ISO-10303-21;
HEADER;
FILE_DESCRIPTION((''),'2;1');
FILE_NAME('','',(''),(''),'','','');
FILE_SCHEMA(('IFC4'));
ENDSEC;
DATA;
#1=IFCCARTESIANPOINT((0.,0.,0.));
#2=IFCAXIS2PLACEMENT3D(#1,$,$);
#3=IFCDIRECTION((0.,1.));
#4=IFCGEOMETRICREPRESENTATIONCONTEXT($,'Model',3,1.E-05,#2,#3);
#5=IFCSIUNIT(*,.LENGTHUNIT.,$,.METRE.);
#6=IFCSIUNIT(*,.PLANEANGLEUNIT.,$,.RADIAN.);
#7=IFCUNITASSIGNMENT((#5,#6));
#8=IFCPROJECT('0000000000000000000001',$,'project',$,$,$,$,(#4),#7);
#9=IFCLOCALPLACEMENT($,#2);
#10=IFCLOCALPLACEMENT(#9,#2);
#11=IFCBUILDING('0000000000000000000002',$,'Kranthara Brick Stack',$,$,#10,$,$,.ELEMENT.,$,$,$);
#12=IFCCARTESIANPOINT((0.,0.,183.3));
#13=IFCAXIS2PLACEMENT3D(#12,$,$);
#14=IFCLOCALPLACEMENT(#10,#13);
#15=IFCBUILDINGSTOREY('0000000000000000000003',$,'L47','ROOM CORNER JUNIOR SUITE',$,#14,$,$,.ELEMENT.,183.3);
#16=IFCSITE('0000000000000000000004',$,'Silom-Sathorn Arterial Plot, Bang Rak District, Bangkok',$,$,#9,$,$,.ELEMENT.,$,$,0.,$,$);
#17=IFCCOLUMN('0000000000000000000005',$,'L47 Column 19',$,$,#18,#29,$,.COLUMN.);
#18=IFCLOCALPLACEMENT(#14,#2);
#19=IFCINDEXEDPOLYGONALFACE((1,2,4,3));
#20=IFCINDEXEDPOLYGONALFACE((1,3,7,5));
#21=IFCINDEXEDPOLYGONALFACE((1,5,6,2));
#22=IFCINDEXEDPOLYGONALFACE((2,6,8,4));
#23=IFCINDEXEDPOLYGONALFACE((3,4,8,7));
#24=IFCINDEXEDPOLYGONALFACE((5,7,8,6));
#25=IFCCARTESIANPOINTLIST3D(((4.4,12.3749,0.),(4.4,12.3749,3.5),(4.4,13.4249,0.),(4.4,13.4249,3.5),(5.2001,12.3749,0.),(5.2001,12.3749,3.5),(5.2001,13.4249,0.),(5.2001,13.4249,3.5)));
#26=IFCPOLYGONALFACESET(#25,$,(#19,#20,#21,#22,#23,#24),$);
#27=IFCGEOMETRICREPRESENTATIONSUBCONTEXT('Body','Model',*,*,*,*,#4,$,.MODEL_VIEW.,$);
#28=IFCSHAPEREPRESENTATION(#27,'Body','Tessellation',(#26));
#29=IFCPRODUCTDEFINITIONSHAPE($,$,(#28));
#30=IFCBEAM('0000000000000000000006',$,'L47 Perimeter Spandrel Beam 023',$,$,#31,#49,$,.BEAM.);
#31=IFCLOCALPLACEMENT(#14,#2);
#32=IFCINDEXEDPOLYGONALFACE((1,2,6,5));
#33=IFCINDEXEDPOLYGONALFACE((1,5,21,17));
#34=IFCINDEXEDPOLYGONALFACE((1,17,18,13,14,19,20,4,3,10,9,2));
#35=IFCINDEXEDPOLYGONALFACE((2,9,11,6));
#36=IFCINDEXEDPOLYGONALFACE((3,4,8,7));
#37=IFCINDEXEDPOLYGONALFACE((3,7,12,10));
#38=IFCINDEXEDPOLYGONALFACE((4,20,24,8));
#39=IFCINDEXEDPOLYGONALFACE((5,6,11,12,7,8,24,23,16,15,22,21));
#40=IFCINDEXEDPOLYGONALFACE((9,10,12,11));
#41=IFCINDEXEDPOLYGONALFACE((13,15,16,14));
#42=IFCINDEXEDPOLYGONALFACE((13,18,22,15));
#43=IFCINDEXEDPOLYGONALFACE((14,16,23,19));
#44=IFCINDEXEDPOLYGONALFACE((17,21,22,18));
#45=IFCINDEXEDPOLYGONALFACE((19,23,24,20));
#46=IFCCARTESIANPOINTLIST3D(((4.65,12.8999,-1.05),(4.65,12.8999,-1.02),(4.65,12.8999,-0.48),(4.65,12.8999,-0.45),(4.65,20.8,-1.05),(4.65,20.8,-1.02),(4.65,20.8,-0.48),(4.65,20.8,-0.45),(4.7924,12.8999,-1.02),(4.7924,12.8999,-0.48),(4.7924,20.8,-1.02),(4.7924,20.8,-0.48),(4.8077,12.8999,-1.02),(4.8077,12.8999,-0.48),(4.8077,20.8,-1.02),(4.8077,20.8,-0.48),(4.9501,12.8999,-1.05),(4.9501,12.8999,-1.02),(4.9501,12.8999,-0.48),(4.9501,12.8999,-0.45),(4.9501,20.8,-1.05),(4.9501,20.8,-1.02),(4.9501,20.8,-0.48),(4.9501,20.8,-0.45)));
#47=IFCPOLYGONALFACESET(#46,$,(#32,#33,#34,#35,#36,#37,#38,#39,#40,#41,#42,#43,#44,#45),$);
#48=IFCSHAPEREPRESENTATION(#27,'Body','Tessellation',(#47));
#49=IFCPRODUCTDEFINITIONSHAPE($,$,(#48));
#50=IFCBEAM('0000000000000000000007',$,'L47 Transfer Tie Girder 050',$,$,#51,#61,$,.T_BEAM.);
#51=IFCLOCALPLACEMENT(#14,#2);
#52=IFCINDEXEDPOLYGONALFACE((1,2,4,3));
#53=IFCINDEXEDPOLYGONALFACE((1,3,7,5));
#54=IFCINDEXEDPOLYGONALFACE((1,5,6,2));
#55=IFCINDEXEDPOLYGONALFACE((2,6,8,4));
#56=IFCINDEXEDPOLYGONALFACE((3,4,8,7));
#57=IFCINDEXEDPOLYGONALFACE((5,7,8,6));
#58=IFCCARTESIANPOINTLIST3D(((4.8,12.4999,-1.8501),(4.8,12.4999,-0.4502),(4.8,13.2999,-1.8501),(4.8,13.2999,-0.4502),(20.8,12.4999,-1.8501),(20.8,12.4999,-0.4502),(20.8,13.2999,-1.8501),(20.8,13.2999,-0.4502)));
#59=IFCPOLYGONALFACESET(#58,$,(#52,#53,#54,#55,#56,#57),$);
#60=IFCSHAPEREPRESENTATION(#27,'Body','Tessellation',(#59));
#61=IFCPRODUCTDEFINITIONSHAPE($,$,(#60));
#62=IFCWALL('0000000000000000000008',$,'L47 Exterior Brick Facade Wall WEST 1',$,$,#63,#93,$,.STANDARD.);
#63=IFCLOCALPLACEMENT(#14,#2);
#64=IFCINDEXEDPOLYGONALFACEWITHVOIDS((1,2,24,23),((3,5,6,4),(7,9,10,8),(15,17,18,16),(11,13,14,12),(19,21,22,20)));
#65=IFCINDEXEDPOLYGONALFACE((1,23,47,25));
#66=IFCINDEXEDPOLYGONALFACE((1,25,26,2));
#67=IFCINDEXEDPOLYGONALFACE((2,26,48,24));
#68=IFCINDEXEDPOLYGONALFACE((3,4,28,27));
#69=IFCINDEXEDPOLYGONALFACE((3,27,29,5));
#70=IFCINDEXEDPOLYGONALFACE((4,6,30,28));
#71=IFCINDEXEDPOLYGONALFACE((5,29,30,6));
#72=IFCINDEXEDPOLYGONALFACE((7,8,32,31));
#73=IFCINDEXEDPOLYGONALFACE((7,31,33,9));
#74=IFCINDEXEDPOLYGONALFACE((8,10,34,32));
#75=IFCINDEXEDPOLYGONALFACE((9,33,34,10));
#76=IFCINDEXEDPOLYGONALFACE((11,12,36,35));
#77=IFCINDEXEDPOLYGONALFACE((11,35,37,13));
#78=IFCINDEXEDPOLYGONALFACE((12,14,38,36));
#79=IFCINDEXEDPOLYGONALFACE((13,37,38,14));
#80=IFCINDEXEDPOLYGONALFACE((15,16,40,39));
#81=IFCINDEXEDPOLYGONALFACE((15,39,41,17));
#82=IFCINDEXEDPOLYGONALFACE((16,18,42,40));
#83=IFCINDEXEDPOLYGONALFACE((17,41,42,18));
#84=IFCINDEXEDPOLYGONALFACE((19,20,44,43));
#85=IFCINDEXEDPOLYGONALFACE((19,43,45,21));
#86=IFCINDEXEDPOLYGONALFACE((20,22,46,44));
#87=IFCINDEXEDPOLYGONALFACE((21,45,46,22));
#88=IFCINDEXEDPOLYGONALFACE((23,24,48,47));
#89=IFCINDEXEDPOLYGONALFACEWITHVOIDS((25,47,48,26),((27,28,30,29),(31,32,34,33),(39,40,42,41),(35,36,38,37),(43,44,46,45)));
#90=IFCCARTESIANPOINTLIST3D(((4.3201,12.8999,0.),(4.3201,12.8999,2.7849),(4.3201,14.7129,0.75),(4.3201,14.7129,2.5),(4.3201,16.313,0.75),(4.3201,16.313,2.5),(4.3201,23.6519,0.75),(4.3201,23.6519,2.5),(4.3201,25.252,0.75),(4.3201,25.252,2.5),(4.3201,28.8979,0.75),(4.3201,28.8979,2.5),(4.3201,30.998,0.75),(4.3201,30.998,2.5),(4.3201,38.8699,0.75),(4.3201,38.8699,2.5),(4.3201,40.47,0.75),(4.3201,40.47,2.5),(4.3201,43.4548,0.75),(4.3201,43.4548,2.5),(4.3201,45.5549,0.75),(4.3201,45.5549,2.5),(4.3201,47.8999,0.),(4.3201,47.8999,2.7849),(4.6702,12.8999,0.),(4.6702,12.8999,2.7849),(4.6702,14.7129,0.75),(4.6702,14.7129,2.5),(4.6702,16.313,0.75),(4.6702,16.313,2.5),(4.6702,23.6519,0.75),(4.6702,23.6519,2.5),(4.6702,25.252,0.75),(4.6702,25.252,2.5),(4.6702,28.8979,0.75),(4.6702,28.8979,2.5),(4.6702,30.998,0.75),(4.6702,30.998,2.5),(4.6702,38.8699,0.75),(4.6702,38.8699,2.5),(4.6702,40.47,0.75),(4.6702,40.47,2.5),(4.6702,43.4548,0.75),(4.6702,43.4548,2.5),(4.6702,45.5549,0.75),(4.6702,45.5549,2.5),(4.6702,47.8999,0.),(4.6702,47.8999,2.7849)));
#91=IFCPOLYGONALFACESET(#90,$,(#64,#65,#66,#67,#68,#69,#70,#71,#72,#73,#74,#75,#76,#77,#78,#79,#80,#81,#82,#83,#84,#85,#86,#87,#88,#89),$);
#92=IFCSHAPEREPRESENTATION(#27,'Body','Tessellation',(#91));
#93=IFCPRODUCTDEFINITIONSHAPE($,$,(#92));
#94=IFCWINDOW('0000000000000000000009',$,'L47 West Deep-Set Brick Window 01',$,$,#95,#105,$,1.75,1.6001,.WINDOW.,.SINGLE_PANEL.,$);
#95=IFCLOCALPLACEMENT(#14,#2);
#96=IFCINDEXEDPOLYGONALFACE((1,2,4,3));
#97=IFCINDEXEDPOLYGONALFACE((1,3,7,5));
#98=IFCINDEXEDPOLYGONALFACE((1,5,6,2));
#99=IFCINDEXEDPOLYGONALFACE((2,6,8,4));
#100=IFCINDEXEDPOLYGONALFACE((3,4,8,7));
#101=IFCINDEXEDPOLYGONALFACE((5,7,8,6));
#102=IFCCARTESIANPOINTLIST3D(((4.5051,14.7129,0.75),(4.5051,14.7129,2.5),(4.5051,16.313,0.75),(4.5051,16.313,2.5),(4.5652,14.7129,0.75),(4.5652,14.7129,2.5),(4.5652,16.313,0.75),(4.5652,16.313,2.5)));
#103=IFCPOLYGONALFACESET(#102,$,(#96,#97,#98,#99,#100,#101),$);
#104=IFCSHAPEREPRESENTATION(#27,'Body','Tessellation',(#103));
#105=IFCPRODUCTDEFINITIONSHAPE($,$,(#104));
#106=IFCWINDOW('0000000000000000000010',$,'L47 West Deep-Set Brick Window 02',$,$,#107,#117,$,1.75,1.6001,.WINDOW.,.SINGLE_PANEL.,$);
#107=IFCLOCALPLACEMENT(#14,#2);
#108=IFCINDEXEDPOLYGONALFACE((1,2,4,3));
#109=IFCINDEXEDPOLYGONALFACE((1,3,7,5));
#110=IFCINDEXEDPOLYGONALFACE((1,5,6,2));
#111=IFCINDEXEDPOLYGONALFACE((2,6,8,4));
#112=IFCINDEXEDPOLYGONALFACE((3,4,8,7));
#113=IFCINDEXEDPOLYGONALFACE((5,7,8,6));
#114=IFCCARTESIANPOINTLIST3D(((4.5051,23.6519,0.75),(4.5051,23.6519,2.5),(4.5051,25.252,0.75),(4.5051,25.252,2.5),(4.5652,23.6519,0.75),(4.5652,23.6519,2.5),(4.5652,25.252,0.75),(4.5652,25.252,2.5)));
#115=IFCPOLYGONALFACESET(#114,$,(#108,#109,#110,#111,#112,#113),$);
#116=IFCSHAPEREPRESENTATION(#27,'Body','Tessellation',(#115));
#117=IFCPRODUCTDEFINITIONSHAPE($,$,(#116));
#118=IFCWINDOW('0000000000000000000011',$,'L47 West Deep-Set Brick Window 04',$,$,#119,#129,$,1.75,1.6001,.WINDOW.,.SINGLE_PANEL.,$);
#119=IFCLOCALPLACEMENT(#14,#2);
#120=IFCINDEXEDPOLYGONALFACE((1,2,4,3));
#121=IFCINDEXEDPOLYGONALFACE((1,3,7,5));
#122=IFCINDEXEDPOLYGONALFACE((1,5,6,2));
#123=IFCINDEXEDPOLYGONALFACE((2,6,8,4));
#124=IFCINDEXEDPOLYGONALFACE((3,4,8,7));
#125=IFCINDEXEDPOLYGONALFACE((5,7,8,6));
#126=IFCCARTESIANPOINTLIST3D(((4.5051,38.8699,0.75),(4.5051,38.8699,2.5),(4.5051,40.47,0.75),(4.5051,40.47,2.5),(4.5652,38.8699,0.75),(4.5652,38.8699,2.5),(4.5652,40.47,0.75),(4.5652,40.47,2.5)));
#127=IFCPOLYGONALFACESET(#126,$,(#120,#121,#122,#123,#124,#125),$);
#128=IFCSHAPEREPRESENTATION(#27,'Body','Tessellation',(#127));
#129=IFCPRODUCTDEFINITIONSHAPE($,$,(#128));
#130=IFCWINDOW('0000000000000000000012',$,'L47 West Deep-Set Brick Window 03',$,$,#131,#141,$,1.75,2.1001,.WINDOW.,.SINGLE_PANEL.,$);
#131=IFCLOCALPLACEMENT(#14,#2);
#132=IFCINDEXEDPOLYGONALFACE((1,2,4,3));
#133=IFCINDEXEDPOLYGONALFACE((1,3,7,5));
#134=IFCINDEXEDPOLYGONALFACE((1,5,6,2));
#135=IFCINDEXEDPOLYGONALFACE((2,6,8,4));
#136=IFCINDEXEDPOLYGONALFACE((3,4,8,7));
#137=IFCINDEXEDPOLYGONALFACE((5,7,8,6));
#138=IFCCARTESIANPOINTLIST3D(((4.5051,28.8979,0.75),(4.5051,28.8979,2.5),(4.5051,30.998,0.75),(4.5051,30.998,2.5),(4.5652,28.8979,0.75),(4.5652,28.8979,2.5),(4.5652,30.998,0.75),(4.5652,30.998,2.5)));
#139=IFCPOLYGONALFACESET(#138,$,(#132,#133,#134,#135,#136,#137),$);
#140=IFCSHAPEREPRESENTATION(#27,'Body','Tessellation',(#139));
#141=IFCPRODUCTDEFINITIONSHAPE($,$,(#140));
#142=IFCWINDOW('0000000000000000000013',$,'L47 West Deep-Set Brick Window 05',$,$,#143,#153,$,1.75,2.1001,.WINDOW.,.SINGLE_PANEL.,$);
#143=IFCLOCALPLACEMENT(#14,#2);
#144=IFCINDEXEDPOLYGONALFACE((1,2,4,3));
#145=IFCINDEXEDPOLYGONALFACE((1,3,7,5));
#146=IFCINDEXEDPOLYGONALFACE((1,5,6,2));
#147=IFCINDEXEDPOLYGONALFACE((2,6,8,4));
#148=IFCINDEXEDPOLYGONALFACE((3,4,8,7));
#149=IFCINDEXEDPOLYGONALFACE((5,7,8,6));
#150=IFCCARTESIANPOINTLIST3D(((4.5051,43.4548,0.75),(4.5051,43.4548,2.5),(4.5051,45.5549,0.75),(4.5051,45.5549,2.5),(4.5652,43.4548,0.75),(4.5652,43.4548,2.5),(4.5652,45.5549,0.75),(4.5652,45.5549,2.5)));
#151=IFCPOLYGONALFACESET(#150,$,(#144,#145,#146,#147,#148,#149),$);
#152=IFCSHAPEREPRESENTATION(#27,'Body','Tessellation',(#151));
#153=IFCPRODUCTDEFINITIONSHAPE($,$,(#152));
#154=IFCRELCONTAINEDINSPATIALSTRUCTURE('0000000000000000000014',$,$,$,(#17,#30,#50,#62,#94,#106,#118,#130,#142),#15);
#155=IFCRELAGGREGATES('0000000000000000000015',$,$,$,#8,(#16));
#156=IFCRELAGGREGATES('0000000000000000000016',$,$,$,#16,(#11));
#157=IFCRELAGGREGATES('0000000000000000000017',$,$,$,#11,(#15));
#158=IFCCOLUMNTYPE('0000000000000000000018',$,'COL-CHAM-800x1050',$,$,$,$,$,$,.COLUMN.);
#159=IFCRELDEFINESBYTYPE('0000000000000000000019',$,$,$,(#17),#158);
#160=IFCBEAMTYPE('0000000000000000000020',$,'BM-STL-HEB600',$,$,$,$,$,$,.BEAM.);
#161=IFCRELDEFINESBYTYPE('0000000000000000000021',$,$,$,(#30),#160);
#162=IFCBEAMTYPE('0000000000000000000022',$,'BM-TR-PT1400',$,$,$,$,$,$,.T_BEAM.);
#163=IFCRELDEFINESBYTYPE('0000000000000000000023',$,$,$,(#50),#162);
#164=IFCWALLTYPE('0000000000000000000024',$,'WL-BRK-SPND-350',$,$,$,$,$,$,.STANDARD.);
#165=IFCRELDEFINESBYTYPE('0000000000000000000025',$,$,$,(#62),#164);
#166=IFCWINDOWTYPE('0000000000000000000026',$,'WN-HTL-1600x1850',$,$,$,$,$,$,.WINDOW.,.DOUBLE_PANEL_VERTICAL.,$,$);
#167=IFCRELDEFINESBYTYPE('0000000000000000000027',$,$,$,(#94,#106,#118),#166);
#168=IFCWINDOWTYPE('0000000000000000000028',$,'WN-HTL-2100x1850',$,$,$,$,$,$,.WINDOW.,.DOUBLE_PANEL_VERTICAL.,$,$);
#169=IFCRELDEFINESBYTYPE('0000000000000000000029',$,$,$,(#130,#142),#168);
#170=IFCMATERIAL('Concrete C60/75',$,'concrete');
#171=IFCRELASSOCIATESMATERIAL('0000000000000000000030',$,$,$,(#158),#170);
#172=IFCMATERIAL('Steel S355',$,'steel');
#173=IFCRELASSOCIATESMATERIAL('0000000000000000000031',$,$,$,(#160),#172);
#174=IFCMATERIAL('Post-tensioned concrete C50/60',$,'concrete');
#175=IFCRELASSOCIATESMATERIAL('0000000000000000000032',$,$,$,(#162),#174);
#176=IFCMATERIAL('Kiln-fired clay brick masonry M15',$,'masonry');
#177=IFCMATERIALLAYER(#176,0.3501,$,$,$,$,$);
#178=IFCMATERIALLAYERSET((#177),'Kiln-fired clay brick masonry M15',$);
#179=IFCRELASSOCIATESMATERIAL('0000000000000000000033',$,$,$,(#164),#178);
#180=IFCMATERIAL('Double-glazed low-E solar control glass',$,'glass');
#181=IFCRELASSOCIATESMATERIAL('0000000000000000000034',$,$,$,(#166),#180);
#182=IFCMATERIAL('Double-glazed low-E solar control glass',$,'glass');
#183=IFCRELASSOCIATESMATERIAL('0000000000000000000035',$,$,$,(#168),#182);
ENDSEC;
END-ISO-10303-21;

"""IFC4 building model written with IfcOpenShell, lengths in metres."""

from ifc_helpers import new_model, si_unit, direction, frame, frame_2d, origin, origin_2d, place, context, subcontext, project, spatial, rectangle, i_section, extrude, material, layer, layer_set, material_profile, profile_set, type_object, element, fill, save


model = new_model("IFC4")

# Units and contexts
model_context = context("Model", 3, precision=1e-05, world=origin(), true_north=direction((0.0, 1.0)))
body_context = subcontext(model_context, "Body", "Model", "MODEL_VIEW")
ifc_project = project(units=[si_unit("LENGTHUNIT", "METRE"), si_unit("PLANEANGLEUNIT", "RADIAN")], contexts=[model_context])

# Site, building, storey
site_placement = place(None, origin())
site = spatial("IfcSite", under=ifc_project, at=site_placement, Name="Silom-Sathorn Arterial Plot, Bang Rak District, Bangkok", CompositionType="ELEMENT", RefElevation=0.0)
building_placement = place(site_placement, origin())
building = spatial("IfcBuilding", under=site, at=building_placement, Name="Kranthara Brick Stack", CompositionType="ELEMENT")
storey_placement = place(building_placement, frame((0.0, 0.0, 183.3)))
storey = spatial("IfcBuildingStorey", under=building, at=storey_placement, Name="L47", Description="ROOM CORNER JUNIOR SUITE", CompositionType="ELEMENT", Elevation=183.3)

# Column
ifc_material_1 = material(Name="Concrete C60/75", Category="concrete")
ifc_material_profile_1 = material_profile(ifc_material_1, rectangle(XDim=0.8, YDim=1.05, at=origin_2d()), Name="RC 800x1050")
ifc_profile_set_1 = profile_set([ifc_material_profile_1], Name="Concrete C60/75")
column_type = type_object("IfcColumnType", Name="COL-CHAM-800x1050", PredefinedType="COLUMN", material=ifc_profile_set_1)
column_placement = place(storey_placement, frame((4.8, 12.8999, 0.0), z_axis=(0.0, 0.0, 1.0), x_axis=(1.0, 0.0, 0.0)))
element("IfcColumn", 1, at=column_placement, inside=storey, type_object=column_type, Name="L47 Column 19", PredefinedType="COLUMN", context=body_context, shape_type="SweptSolid", body=[
    extrude(rectangle(XDim=0.8, YDim=1.05, at=origin_2d()), origin(), (0.0, 0.0, 1.0), 3.5),
])

# Beams
ifc_material_2 = material(Name="Steel S355", Category="steel")
ifc_material_profile_2 = material_profile(ifc_material_2, i_section(OverallWidth=0.3, OverallDepth=0.6001, WebThickness=0.0154, FlangeThickness=0.03, at=origin_2d()), Name="HEB 600")
ifc_profile_set_2 = profile_set([ifc_material_profile_2], Name="Steel S355")
beam_type_1 = type_object("IfcBeamType", Name="BM-STL-HEB600", PredefinedType="BEAM", material=ifc_profile_set_2)
beam_1_placement = place(storey_placement, frame((4.8, 12.8999, -0.75), z_axis=(0.0, 1.0, 0.0), x_axis=(-1.0, 0.0, 0.0)))
element("IfcBeam", 2, at=beam_1_placement, inside=storey, type_object=beam_type_1, Name="L47 Perimeter Spandrel Beam 023", PredefinedType="BEAM", context=body_context, shape_type="SweptSolid", body=[
    extrude(i_section(OverallWidth=0.3, OverallDepth=0.6001, WebThickness=0.0154, FlangeThickness=0.03, at=origin_2d()), origin(), (0.0, 0.0, 1.0), 7.9001),
])
ifc_material_3 = material(Name="Post-tensioned concrete C50/60", Category="concrete")
ifc_material_profile_3 = material_profile(ifc_material_3, rectangle(XDim=0.8, YDim=1.3999, at=origin_2d()), Name="PT 800x1400")
ifc_profile_set_3 = profile_set([ifc_material_profile_3], Name="Post-tensioned concrete C50/60")
beam_type_2 = type_object("IfcBeamType", Name="BM-TR-PT1400", PredefinedType="T_BEAM", material=ifc_profile_set_3)
beam_2_placement = place(storey_placement, frame((4.8, 12.8999, -1.1501), z_axis=(1.0, 0.0, 0.0), x_axis=(0.0, 1.0, 0.0)))
element("IfcBeam", 3, at=beam_2_placement, inside=storey, type_object=beam_type_2, Name="L47 Transfer Tie Girder 050", PredefinedType="T_BEAM", context=body_context, shape_type="SweptSolid", body=[
    extrude(rectangle(XDim=0.8, YDim=1.3999, at=origin_2d()), origin(), (0.0, 0.0, 1.0), 16.0),
])

# Wall, openings, windows
ifc_material_4 = material(Name="Kiln-fired clay brick masonry M15", Category="masonry")
ifc_layer_1 = layer(ifc_material_4, 0.3501)
ifc_layer_set_1 = layer_set([ifc_layer_1], Name="Kiln-fired clay brick masonry M15")
wall_type_1 = type_object("IfcWallType", Name="WL-BRK-SPND-350", PredefinedType="STANDARD", material=ifc_layer_set_1)
wall_1_placement = place(storey_placement, frame((4.4951, 12.8999, 0.0), z_axis=(0.0, 0.0, 1.0), x_axis=(0.0, 1.0, 0.0)))
wall_1 = element("IfcWall", 4, at=wall_1_placement, inside=storey, type_object=wall_type_1, Name="L47 Exterior Brick Facade Wall WEST 1", PredefinedType="STANDARD", context=body_context, shape_type="SweptSolid", body=[
    extrude(rectangle(XDim=35.0, YDim=0.3501, at=frame_2d((17.5, 0.0))), origin(), (0.0, 0.0, 1.0), 2.7849),
])
opening_1_placement = place(wall_1_placement, frame((1.813, 0.0, 0.75)))
opening_1 = element("IfcOpeningElement", 5, at=opening_1_placement, cuts=wall_1, PredefinedType="OPENING", context=body_context, shape_type="SweptSolid", body=[
    extrude(rectangle(XDim=1.6001, YDim=1.75, at=frame_2d((0.8, 0.875))), frame((0.0, 0.1851, 0.0), z_axis=(0.0, -1.0, 0.0), x_axis=(1.0, 0.0, 0.0)), (0.0, 0.0, 1.0), 0.3701),
])
opening_2_placement = place(wall_1_placement, frame((10.752, 0.0, 0.75)))
opening_2 = element("IfcOpeningElement", 6, at=opening_2_placement, cuts=wall_1, PredefinedType="OPENING", context=body_context, shape_type="SweptSolid", body=[
    extrude(rectangle(XDim=1.6001, YDim=1.75, at=frame_2d((0.8, 0.875))), frame((0.0, 0.1851, 0.0), z_axis=(0.0, -1.0, 0.0), x_axis=(1.0, 0.0, 0.0)), (0.0, 0.0, 1.0), 0.3701),
])
opening_3_placement = place(wall_1_placement, frame((15.998, 0.0, 0.75)))
opening_3 = element("IfcOpeningElement", 7, at=opening_3_placement, cuts=wall_1, PredefinedType="OPENING", context=body_context, shape_type="SweptSolid", body=[
    extrude(rectangle(XDim=2.1001, YDim=1.75, at=frame_2d((1.05, 0.875))), frame((0.0, 0.1851, 0.0), z_axis=(0.0, -1.0, 0.0), x_axis=(1.0, 0.0, 0.0)), (0.0, 0.0, 1.0), 0.3701),
])
opening_4_placement = place(wall_1_placement, frame((25.97, 0.0, 0.75)))
opening_4 = element("IfcOpeningElement", 8, at=opening_4_placement, cuts=wall_1, PredefinedType="OPENING", context=body_context, shape_type="SweptSolid", body=[
    extrude(rectangle(XDim=1.6001, YDim=1.75, at=frame_2d((0.8, 0.875))), frame((0.0, 0.1851, 0.0), z_axis=(0.0, -1.0, 0.0), x_axis=(1.0, 0.0, 0.0)), (0.0, 0.0, 1.0), 0.3701),
])
opening_5_placement = place(wall_1_placement, frame((30.5549, 0.0, 0.75)))
opening_5 = element("IfcOpeningElement", 9, at=opening_5_placement, cuts=wall_1, PredefinedType="OPENING", context=body_context, shape_type="SweptSolid", body=[
    extrude(rectangle(XDim=2.1001, YDim=1.75, at=frame_2d((1.05, 0.875))), frame((0.0, 0.1851, 0.0), z_axis=(0.0, -1.0, 0.0), x_axis=(1.0, 0.0, 0.0)), (0.0, 0.0, 1.0), 0.3701),
])
ifc_material_5 = material(Name="Double-glazed low-E solar control glass", Category="glass")
window_type_1 = type_object("IfcWindowType", Name="WN-HTL-1600x1850", PartitioningType="DOUBLE_PANEL_VERTICAL", PredefinedType="WINDOW", material=ifc_material_5)
window_1_placement = place(opening_1_placement, origin())
window_1 = element("IfcWindow", 10, at=window_1_placement, inside=storey, type_object=window_type_1, Name="L47 West Deep-Set Brick Window 01", OverallHeight=1.75, OverallWidth=1.6001, PartitioningType="SINGLE_PANEL", PredefinedType="WINDOW", context=body_context, shape_type="SweptSolid", body=[
    extrude(rectangle(XDim=1.6001, YDim=1.75, at=frame_2d((0.8, 0.875))), frame((0.0, -0.01, 0.0), z_axis=(0.0, -1.0, 0.0), x_axis=(1.0, 0.0, 0.0)), (0.0, 0.0, 1.0), 0.0601),
])
fill(opening_1, window_1)
window_2_placement = place(opening_2_placement, origin())
window_2 = element("IfcWindow", 11, at=window_2_placement, inside=storey, type_object=window_type_1, Name="L47 West Deep-Set Brick Window 02", OverallHeight=1.75, OverallWidth=1.6001, PartitioningType="SINGLE_PANEL", PredefinedType="WINDOW", context=body_context, shape_type="SweptSolid", body=[
    extrude(rectangle(XDim=1.6001, YDim=1.75, at=frame_2d((0.8, 0.875))), frame((0.0, -0.01, 0.0), z_axis=(0.0, -1.0, 0.0), x_axis=(1.0, 0.0, 0.0)), (0.0, 0.0, 1.0), 0.0601),
])
fill(opening_2, window_2)
window_3_placement = place(opening_4_placement, origin())
window_3 = element("IfcWindow", 12, at=window_3_placement, inside=storey, type_object=window_type_1, Name="L47 West Deep-Set Brick Window 04", OverallHeight=1.75, OverallWidth=1.6001, PartitioningType="SINGLE_PANEL", PredefinedType="WINDOW", context=body_context, shape_type="SweptSolid", body=[
    extrude(rectangle(XDim=1.6001, YDim=1.75, at=frame_2d((0.8, 0.875))), frame((0.0, -0.01, 0.0), z_axis=(0.0, -1.0, 0.0), x_axis=(1.0, 0.0, 0.0)), (0.0, 0.0, 1.0), 0.0601),
])
fill(opening_4, window_3)
ifc_material_6 = material(Name="Double-glazed low-E solar control glass", Category="glass")
window_type_2 = type_object("IfcWindowType", Name="WN-HTL-2100x1850", PartitioningType="DOUBLE_PANEL_VERTICAL", PredefinedType="WINDOW", material=ifc_material_6)
window_4_placement = place(opening_3_placement, origin())
window_4 = element("IfcWindow", 13, at=window_4_placement, inside=storey, type_object=window_type_2, Name="L47 West Deep-Set Brick Window 03", OverallHeight=1.75, OverallWidth=2.1001, PartitioningType="SINGLE_PANEL", PredefinedType="WINDOW", context=body_context, shape_type="SweptSolid", body=[
    extrude(rectangle(XDim=2.1001, YDim=1.75, at=frame_2d((1.05, 0.875))), frame((0.0, -0.01, 0.0), z_axis=(0.0, -1.0, 0.0), x_axis=(1.0, 0.0, 0.0)), (0.0, 0.0, 1.0), 0.0601),
])
fill(opening_3, window_4)
window_5_placement = place(opening_5_placement, origin())
window_5 = element("IfcWindow", 14, at=window_5_placement, inside=storey, type_object=window_type_2, Name="L47 West Deep-Set Brick Window 05", OverallHeight=1.75, OverallWidth=2.1001, PartitioningType="SINGLE_PANEL", PredefinedType="WINDOW", context=body_context, shape_type="SweptSolid", body=[
    extrude(rectangle(XDim=2.1001, YDim=1.75, at=frame_2d((1.05, 0.875))), frame((0.0, -0.01, 0.0), z_axis=(0.0, -1.0, 0.0), x_axis=(1.0, 0.0, 0.0)), (0.0, 0.0, 1.0), 0.0601),
])
fill(opening_5, window_5)

save(model, "model.ifc")
